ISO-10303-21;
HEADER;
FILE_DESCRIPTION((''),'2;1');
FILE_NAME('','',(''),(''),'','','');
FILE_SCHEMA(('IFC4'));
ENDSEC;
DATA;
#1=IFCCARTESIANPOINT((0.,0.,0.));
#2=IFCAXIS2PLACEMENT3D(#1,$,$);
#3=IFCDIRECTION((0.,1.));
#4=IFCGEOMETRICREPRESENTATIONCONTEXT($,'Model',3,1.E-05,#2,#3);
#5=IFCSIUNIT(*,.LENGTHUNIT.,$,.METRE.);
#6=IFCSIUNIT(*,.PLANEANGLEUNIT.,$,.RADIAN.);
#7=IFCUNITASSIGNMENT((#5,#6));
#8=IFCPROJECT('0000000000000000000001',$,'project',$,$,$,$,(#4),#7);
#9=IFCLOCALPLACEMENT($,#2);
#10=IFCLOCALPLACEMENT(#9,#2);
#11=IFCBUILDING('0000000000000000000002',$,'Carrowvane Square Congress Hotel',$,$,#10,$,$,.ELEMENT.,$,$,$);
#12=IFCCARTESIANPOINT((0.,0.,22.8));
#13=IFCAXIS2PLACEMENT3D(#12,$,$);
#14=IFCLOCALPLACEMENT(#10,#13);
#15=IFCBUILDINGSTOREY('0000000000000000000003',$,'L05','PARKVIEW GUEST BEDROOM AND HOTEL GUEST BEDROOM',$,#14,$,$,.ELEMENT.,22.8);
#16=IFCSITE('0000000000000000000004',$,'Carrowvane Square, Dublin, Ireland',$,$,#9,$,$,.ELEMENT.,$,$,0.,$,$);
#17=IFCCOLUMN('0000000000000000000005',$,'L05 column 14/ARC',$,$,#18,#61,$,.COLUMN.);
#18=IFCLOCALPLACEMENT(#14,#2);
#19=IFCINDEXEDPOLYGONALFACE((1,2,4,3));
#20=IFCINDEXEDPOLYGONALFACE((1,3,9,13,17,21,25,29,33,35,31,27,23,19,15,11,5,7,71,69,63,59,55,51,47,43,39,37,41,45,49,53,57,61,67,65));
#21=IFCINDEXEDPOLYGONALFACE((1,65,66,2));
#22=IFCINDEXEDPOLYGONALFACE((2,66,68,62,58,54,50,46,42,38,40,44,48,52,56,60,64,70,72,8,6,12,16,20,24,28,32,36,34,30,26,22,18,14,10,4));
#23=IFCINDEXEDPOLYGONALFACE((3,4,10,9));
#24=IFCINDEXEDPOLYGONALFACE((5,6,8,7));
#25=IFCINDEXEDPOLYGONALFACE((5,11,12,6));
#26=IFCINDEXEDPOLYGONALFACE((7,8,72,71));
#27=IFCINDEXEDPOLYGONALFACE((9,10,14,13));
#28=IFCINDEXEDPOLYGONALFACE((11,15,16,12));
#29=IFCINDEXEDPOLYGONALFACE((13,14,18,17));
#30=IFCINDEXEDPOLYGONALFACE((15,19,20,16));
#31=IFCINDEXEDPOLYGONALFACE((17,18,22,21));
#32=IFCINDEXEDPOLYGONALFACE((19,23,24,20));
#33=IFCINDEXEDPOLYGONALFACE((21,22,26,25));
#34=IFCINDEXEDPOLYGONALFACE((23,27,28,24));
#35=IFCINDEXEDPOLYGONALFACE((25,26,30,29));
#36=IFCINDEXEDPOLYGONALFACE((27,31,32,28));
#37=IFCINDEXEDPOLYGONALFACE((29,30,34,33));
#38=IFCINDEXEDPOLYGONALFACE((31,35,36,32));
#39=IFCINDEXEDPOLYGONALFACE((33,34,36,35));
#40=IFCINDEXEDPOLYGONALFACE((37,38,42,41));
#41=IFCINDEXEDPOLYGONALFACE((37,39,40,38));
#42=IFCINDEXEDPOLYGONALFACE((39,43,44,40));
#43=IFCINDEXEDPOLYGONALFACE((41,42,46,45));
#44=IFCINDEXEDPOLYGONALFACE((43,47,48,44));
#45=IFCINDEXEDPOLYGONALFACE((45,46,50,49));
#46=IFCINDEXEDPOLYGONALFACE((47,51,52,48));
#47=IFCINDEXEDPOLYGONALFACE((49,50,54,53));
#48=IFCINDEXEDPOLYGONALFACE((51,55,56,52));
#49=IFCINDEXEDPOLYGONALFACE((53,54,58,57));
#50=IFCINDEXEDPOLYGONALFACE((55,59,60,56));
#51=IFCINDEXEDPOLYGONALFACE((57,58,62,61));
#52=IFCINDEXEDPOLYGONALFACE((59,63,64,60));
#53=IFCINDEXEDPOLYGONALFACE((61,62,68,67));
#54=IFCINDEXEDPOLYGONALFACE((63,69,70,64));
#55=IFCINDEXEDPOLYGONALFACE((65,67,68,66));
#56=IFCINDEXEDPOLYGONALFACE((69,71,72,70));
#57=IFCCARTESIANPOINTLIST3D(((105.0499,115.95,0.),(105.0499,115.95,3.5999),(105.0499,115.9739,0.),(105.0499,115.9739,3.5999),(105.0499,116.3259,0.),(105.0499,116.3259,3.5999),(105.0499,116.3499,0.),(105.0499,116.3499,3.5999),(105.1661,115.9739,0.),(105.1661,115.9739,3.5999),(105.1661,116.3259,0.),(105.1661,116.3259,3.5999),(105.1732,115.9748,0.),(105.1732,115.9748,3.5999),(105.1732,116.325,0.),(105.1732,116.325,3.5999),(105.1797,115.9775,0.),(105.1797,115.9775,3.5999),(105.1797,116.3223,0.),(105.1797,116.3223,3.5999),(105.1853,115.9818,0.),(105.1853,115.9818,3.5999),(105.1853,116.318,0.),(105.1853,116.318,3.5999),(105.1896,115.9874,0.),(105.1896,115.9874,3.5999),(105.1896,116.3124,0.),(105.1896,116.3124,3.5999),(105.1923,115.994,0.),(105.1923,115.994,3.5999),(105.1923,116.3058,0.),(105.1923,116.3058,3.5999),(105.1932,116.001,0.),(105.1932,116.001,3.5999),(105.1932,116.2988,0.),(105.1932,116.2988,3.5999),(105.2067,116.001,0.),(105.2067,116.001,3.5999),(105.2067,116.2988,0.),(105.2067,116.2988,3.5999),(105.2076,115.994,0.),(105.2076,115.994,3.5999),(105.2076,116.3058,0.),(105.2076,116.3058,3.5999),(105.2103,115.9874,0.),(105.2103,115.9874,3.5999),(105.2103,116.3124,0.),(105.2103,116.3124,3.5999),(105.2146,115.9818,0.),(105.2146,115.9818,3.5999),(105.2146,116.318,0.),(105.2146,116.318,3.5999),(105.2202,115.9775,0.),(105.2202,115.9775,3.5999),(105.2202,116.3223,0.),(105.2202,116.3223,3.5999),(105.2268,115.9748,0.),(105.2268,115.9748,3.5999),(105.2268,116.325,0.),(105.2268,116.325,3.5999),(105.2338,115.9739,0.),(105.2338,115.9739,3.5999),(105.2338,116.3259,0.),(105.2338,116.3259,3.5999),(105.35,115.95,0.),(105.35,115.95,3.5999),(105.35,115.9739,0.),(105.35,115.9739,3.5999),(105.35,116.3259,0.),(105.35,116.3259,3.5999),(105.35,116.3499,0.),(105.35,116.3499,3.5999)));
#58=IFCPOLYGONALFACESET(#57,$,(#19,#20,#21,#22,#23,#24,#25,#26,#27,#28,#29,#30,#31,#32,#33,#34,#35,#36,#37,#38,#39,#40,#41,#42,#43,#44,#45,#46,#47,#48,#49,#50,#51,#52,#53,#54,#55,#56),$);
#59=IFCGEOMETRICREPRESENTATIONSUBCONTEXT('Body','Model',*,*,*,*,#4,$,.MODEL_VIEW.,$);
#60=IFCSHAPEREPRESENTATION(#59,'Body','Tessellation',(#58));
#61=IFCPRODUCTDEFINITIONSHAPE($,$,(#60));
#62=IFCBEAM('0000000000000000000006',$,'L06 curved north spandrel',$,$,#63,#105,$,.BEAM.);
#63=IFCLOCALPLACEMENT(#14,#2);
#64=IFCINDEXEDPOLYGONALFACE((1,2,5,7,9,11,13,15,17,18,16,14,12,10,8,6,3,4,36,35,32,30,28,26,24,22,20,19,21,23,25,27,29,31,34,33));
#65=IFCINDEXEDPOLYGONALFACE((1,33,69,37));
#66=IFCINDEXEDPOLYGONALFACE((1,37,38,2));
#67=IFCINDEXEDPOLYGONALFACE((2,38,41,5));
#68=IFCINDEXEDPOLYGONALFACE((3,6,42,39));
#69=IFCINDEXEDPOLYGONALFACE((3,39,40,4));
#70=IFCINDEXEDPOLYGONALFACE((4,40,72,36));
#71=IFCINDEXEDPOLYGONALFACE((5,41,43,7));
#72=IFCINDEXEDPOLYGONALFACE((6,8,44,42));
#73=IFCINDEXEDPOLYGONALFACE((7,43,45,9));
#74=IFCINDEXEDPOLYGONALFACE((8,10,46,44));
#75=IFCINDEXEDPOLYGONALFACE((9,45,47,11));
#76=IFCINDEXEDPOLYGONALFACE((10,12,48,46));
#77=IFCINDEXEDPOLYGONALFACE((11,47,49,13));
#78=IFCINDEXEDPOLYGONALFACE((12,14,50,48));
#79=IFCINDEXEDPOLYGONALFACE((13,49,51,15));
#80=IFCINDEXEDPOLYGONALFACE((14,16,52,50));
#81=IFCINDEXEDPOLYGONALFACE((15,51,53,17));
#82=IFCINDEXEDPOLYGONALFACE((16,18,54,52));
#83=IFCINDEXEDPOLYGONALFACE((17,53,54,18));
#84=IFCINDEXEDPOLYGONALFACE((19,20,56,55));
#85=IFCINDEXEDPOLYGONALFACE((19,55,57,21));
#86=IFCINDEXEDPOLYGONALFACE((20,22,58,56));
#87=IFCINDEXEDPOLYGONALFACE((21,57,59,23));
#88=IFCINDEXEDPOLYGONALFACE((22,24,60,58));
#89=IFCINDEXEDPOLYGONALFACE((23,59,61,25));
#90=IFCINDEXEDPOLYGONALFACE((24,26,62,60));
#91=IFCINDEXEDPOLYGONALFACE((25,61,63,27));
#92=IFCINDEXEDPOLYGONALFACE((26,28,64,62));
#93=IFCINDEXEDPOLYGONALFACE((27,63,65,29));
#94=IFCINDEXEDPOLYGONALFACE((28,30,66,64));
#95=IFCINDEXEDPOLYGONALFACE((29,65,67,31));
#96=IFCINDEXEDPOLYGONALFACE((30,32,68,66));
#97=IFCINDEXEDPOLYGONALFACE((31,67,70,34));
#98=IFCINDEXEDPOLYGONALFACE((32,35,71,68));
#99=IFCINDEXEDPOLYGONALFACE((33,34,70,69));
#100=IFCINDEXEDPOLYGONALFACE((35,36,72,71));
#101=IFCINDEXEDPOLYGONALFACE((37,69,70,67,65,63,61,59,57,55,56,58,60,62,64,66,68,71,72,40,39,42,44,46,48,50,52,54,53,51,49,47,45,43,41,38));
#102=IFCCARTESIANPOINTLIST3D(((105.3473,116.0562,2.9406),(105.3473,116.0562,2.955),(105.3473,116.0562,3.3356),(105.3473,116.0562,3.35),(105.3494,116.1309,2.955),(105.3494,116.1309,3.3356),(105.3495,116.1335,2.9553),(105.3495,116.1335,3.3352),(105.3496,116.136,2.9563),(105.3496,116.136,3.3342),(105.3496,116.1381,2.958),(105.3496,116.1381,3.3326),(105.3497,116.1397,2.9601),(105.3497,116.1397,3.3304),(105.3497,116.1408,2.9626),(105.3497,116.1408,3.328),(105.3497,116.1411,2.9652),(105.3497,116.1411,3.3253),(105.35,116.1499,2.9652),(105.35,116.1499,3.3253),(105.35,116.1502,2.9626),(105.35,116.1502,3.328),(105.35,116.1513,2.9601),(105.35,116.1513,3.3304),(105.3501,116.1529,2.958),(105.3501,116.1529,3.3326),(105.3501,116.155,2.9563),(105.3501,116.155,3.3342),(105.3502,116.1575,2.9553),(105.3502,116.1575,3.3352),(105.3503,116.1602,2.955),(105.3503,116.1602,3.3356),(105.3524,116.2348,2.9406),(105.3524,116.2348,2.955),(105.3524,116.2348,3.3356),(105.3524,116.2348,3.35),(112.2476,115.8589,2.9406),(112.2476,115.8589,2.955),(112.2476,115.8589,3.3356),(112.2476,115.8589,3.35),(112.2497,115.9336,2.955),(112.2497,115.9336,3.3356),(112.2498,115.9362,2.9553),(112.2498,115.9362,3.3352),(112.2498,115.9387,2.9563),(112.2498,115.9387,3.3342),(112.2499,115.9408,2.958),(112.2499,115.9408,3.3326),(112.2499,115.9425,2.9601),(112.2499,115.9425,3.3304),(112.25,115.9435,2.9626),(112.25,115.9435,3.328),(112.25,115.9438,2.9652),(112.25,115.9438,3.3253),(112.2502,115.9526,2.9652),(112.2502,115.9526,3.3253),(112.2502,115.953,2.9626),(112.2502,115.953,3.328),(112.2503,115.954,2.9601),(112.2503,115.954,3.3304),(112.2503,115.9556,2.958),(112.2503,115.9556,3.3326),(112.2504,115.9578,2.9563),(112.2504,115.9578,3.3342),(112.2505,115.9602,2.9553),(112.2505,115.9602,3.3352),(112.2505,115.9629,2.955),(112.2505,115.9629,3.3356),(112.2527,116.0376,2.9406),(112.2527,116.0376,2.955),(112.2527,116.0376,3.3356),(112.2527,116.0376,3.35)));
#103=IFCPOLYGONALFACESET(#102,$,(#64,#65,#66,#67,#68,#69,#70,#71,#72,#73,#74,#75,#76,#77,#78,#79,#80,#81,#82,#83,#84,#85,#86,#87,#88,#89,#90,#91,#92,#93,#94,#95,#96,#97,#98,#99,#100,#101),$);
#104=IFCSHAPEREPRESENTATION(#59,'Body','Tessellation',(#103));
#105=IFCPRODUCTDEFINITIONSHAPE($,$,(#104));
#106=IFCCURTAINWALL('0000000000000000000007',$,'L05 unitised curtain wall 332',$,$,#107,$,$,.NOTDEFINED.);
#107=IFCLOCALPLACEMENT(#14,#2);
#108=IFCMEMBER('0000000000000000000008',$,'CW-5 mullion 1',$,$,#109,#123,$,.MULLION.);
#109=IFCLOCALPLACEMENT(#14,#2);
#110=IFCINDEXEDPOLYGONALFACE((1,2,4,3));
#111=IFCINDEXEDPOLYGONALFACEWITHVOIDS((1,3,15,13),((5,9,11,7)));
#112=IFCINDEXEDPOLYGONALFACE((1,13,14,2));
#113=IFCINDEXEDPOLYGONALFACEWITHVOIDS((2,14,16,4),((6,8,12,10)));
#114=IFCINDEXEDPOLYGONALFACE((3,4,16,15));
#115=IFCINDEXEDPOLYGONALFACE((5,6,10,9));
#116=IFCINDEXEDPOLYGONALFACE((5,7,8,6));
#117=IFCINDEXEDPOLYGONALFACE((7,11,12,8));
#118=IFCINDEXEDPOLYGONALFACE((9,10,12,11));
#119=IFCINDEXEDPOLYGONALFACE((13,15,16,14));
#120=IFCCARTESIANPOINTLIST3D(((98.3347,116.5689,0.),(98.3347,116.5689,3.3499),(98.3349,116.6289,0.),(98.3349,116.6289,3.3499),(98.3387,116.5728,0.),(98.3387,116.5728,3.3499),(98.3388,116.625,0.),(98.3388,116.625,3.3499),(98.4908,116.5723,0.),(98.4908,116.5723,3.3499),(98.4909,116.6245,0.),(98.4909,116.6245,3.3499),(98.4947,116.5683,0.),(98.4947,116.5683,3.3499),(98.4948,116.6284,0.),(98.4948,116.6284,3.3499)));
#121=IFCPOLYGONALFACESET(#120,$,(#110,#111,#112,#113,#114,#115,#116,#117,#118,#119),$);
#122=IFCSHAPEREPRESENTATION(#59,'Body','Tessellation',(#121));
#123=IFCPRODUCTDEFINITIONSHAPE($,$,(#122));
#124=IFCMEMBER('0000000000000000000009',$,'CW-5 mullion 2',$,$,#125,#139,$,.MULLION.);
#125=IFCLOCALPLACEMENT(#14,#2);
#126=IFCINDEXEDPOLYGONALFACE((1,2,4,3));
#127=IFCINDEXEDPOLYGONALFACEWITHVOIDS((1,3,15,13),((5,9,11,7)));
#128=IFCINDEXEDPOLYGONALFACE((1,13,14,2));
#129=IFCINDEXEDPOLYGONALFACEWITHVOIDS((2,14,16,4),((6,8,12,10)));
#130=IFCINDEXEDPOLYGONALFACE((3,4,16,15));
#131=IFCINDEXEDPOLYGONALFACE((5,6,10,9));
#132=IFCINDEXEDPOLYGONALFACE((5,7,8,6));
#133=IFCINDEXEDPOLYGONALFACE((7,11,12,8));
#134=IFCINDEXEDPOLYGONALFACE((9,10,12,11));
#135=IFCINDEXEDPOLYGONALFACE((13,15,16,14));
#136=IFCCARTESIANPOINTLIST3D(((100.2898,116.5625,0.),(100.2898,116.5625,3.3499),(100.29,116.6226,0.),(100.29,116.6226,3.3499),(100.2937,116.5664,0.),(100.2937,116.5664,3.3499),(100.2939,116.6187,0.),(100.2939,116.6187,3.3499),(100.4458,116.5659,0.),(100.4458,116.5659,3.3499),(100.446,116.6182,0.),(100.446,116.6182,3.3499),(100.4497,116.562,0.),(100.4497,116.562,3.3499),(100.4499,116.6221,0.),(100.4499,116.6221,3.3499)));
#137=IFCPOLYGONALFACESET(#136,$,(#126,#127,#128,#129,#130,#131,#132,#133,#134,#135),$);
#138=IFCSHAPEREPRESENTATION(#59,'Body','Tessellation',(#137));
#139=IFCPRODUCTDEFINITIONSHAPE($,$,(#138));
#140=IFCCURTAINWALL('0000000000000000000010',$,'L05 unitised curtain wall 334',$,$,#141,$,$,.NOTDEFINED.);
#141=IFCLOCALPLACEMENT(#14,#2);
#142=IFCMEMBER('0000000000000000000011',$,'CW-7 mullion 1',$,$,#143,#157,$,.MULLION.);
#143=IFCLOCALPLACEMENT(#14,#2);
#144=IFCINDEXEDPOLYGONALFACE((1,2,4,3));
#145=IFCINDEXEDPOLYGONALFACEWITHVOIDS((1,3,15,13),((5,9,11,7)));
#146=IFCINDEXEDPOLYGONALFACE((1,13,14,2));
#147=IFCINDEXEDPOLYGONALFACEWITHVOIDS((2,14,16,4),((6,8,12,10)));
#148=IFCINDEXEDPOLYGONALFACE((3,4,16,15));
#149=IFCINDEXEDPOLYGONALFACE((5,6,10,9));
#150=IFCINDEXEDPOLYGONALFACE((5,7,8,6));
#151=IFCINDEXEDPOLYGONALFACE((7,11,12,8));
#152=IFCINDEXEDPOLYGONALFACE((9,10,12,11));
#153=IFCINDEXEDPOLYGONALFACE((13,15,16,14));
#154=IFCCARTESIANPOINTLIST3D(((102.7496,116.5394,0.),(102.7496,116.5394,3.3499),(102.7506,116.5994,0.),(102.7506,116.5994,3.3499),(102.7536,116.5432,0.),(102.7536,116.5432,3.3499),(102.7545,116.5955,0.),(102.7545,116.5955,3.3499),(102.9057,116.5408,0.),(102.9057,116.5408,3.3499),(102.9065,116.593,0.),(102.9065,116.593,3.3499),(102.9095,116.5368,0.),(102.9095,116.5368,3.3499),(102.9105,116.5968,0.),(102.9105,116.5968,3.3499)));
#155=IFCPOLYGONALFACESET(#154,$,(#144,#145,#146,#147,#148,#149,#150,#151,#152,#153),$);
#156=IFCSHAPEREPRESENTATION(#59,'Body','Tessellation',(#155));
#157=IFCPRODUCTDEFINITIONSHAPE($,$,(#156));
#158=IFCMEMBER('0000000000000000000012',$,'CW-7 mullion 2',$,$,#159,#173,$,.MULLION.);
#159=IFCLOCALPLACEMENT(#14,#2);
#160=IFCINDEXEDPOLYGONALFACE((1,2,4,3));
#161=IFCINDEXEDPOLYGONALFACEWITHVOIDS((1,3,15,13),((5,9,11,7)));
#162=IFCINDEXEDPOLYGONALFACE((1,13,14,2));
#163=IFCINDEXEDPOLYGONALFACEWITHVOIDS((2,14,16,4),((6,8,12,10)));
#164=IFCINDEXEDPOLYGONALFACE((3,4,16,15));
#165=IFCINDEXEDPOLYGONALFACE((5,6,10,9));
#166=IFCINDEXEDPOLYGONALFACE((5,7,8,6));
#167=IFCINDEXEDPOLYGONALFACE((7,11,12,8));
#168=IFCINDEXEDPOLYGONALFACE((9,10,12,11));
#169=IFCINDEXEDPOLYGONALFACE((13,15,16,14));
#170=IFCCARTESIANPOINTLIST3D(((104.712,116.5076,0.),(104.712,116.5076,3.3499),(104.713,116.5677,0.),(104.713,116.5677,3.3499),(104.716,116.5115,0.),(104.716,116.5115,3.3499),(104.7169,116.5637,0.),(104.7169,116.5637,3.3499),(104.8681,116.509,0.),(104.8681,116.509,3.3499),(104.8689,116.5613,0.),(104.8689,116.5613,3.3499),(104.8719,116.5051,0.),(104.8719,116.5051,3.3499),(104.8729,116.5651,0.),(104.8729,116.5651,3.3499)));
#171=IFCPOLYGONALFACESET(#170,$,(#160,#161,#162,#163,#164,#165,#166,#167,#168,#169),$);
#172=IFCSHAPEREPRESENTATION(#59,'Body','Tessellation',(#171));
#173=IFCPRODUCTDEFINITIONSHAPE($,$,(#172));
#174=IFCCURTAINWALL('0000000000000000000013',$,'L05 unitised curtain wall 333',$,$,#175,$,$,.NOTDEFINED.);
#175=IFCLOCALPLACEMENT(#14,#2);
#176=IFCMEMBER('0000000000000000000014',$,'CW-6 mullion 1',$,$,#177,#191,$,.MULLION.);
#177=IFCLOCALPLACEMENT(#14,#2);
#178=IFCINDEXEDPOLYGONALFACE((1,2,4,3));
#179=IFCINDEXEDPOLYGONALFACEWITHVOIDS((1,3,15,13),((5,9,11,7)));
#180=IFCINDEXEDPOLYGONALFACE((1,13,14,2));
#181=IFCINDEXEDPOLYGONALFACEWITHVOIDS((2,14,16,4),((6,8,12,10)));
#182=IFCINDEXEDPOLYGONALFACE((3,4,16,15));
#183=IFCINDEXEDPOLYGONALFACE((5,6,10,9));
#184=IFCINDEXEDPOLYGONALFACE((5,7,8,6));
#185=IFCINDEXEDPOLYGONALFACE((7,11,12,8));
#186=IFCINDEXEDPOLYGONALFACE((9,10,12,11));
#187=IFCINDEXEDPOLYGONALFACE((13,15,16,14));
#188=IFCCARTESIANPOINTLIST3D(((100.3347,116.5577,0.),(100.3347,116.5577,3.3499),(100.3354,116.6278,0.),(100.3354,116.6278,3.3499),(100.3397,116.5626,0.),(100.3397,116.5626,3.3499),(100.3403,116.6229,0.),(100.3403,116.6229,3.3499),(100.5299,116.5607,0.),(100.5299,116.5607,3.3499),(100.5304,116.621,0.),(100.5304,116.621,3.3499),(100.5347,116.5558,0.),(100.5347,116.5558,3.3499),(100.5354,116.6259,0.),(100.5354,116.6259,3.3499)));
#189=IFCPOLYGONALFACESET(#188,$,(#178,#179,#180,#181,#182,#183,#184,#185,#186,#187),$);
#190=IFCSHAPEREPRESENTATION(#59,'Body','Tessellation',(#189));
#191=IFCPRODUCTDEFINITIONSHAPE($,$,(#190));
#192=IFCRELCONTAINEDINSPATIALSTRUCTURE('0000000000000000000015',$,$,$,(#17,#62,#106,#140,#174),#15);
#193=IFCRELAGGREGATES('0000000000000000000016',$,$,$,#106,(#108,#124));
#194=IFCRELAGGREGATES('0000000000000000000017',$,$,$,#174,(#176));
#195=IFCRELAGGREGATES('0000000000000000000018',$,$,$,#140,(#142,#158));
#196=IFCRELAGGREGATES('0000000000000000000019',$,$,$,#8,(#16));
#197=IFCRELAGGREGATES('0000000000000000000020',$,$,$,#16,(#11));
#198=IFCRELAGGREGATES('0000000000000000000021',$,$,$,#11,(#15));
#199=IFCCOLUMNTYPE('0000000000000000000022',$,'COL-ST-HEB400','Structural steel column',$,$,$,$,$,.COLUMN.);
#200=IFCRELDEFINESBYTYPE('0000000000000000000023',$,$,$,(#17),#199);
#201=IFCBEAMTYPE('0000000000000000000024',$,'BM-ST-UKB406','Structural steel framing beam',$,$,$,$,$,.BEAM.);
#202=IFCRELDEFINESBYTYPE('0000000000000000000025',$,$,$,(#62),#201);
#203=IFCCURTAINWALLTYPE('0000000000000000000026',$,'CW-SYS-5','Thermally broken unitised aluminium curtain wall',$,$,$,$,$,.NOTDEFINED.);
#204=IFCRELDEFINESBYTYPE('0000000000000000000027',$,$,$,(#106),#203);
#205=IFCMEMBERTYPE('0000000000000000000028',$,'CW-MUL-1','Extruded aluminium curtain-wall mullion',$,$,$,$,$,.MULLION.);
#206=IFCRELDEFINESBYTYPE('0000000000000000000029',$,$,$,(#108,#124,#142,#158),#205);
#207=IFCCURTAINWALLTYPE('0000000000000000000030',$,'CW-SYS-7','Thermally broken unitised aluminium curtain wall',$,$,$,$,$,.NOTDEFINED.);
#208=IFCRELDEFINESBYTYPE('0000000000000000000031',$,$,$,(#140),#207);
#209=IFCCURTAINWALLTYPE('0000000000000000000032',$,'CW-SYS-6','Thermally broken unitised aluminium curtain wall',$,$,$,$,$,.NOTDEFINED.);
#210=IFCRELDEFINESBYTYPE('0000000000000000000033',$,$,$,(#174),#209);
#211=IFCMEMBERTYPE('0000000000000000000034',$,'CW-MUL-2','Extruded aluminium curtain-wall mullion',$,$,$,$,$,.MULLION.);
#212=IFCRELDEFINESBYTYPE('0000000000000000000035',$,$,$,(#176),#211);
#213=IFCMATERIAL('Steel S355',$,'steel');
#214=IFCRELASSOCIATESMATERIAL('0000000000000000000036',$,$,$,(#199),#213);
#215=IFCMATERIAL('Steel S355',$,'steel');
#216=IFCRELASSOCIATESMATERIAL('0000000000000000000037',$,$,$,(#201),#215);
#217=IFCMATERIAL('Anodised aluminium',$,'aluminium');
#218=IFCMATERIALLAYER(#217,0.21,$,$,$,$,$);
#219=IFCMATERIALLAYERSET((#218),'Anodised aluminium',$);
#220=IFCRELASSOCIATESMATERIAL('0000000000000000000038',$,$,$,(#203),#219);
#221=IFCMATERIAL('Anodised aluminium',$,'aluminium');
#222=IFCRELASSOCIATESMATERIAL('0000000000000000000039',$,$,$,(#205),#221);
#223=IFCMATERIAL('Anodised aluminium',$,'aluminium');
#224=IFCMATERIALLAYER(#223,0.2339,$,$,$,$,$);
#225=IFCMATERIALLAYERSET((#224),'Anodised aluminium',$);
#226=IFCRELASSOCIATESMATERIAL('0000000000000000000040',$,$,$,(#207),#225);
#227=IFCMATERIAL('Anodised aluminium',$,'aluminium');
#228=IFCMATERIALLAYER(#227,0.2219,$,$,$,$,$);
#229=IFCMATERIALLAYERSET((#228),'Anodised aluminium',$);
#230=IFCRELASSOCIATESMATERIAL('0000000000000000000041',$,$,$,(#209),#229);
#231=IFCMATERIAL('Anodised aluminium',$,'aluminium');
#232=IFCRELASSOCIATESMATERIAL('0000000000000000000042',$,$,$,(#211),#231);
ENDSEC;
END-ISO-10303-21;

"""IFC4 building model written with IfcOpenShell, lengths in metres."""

from ifc_helpers import new_model, si_unit, direction, frame, origin, origin_2d, place, context, subcontext, project, spatial, hollow_rectangle, i_section, extrude, material, layer, layer_set, material_profile, profile_set, type_object, element, aggregate, save


model = new_model("IFC4")

# Units and contexts
model_context = context("Model", 3, precision=1e-05, world=origin(), true_north=direction((0.0, 1.0)))
body_context = subcontext(model_context, "Body", "Model", "MODEL_VIEW")
ifc_project = project(units=[si_unit("LENGTHUNIT", "METRE"), si_unit("PLANEANGLEUNIT", "RADIAN")], contexts=[model_context])

# Site, building, storey
site_placement = place(None, origin())
site = spatial("IfcSite", under=ifc_project, at=site_placement, Name="Carrowvane Square, Dublin, Ireland", CompositionType="ELEMENT", RefElevation=0.0)
building_placement = place(site_placement, origin())
building = spatial("IfcBuilding", under=site, at=building_placement, Name="Carrowvane Square Congress Hotel", CompositionType="ELEMENT")
storey_placement = place(building_placement, frame((0.0, 0.0, 22.8)))
storey = spatial("IfcBuildingStorey", under=building, at=storey_placement, Name="L05", Description="PARKVIEW GUEST BEDROOM AND HOTEL GUEST BEDROOM", CompositionType="ELEMENT", Elevation=22.8)

# Column
ifc_material_1 = material(Name="Steel S355", Category="steel")
ifc_material_profile_1 = material_profile(ifc_material_1, i_section(OverallWidth=0.3, OverallDepth=0.3999, WebThickness=0.0134, FlangeThickness=0.0239, FilletRadius=0.0271, at=origin_2d()), Name="HEB 400")
ifc_profile_set_1 = profile_set([ifc_material_profile_1], Name="Steel S355")
column_type = type_object("IfcColumnType", Name="COL-ST-HEB400", Description="Structural steel column", PredefinedType="COLUMN", material=ifc_profile_set_1)
column_placement = place(storey_placement, frame((105.2, 116.1499, 0.0), z_axis=(0.0, 0.0, 1.0), x_axis=(1.0, 0.0, 0.0)))
element("IfcColumn", 1, at=column_placement, inside=storey, type_object=column_type, Name="L05 column 14/ARC", PredefinedType="COLUMN", context=body_context, shape_type="SweptSolid", body=[
    extrude(i_section(OverallWidth=0.3, OverallDepth=0.3999, WebThickness=0.0134, FlangeThickness=0.0239, FilletRadius=0.0271, at=origin_2d()), origin(), (0.0, 0.0, 1.0), 3.5999),
])

# Beam
ifc_material_2 = material(Name="Steel S355", Category="steel")
ifc_material_profile_2 = material_profile(ifc_material_2, i_section(OverallWidth=0.1787, OverallDepth=0.4094, WebThickness=0.0088, FlangeThickness=0.0144, FilletRadius=0.0103, at=origin_2d()), Name="UKB 406x178x67")
ifc_profile_set_2 = profile_set([ifc_material_profile_2], Name="Steel S355")
beam_type = type_object("IfcBeamType", Name="BM-ST-UKB406", Description="Structural steel framing beam", PredefinedType="BEAM", material=ifc_profile_set_2)
beam_placement = place(storey_placement, frame((105.3499, 116.1455, 3.1453), z_axis=(0.999592, -0.028577, 0.0), x_axis=(0.028577, 0.999592, 0.0)))
element("IfcBeam", 2, at=beam_placement, inside=storey, type_object=beam_type, Name="L06 curved north spandrel", PredefinedType="BEAM", context=body_context, shape_type="SweptSolid", body=[
    extrude(i_section(OverallWidth=0.1787, OverallDepth=0.4094, WebThickness=0.0088, FlangeThickness=0.0144, FilletRadius=0.0103, at=origin_2d()), origin(), (0.0, 0.0, 1.0), 6.9031),
])

# Curtain walls, members
ifc_material_3 = material(Name="Anodised aluminium", Category="aluminium")
ifc_layer_1 = layer(ifc_material_3, 0.21)
ifc_layer_set_1 = layer_set([ifc_layer_1], Name="Anodised aluminium")
curtain_wall_type_1 = type_object("IfcCurtainWallType", Name="CW-SYS-5", Description="Thermally broken unitised aluminium curtain wall", PredefinedType="NOTDEFINED", material=ifc_layer_set_1)
curtain_wall_1_placement = place(storey_placement, origin())
curtain_wall_1 = element("IfcCurtainWall", 3, at=curtain_wall_1_placement, inside=storey, type_object=curtain_wall_type_1, Name="L05 unitised curtain wall 332", PredefinedType="NOTDEFINED")
ifc_material_4 = material(Name="Anodised aluminium", Category="aluminium")
ifc_material_profile_3 = material_profile(ifc_material_4, hollow_rectangle(XDim=0.0601, YDim=0.1599, WallThickness=0.0039, at=origin_2d()), Name="CW-ML 60x160x4")
ifc_profile_set_3 = profile_set([ifc_material_profile_3], Name="Anodised aluminium")
member_type_1 = type_object("IfcMemberType", Name="CW-MUL-1", Description="Extruded aluminium curtain-wall mullion", PredefinedType="MULLION", material=ifc_profile_set_3)
member_1_placement = place(storey_placement, frame((98.4148, 116.5986, 0.0), z_axis=(0.0, 0.0, 1.0), x_axis=(0.00327, 0.999995, 0.0)))
member_1 = element("IfcMember", 4, at=member_1_placement, type_object=member_type_1, Name="CW-5 mullion 1", PredefinedType="MULLION", context=body_context, shape_type="SweptSolid", body=[
    extrude(hollow_rectangle(XDim=0.0601, YDim=0.1599, WallThickness=0.0039, at=origin_2d()), origin(), (0.0, 0.0, 1.0), 3.3499),
])
member_2_placement = place(storey_placement, frame((100.3699, 116.5923, 0.0), z_axis=(0.0, 0.0, 1.0), x_axis=(0.00327, 0.999995, 0.0)))
member_2 = element("IfcMember", 5, at=member_2_placement, type_object=member_type_1, Name="CW-5 mullion 2", PredefinedType="MULLION", context=body_context, shape_type="SweptSolid", body=[
    extrude(hollow_rectangle(XDim=0.0601, YDim=0.1599, WallThickness=0.0039, at=origin_2d()), origin(), (0.0, 0.0, 1.0), 3.3499),
])
ifc_material_5 = material(Name="Anodised aluminium", Category="aluminium")
ifc_layer_2 = layer(ifc_material_5, 0.2339)
ifc_layer_set_2 = layer_set([ifc_layer_2], Name="Anodised aluminium")
curtain_wall_type_2 = type_object("IfcCurtainWallType", Name="CW-SYS-7", Description="Thermally broken unitised aluminium curtain wall", PredefinedType="NOTDEFINED", material=ifc_layer_set_2)
curtain_wall_2_placement = place(storey_placement, origin())
curtain_wall_2 = element("IfcCurtainWall", 6, at=curtain_wall_2_placement, inside=storey, type_object=curtain_wall_type_2, Name="L05 unitised curtain wall 334", PredefinedType="NOTDEFINED")
member_3_placement = place(storey_placement, frame((102.8301, 116.5681, 0.0), z_axis=(0.0, 0.0, 1.0), x_axis=(0.016216, 0.999869, 0.0)))
member_3 = element("IfcMember", 7, at=member_3_placement, type_object=member_type_1, Name="CW-7 mullion 1", PredefinedType="MULLION", context=body_context, shape_type="SweptSolid", body=[
    extrude(hollow_rectangle(XDim=0.0601, YDim=0.1599, WallThickness=0.0039, at=origin_2d()), origin(), (0.0, 0.0, 1.0), 3.3499),
])
member_4_placement = place(storey_placement, frame((104.7925, 116.5364, 0.0), z_axis=(0.0, 0.0, 1.0), x_axis=(0.016216, 0.999869, 0.0)))
member_4 = element("IfcMember", 8, at=member_4_placement, type_object=member_type_1, Name="CW-7 mullion 2", PredefinedType="MULLION", context=body_context, shape_type="SweptSolid", body=[
    extrude(hollow_rectangle(XDim=0.0601, YDim=0.1599, WallThickness=0.0039, at=origin_2d()), origin(), (0.0, 0.0, 1.0), 3.3499),
])
ifc_material_6 = material(Name="Anodised aluminium", Category="aluminium")
ifc_layer_3 = layer(ifc_material_6, 0.2219)
ifc_layer_set_3 = layer_set([ifc_layer_3], Name="Anodised aluminium")
curtain_wall_type_3 = type_object("IfcCurtainWallType", Name="CW-SYS-6", Description="Thermally broken unitised aluminium curtain wall", PredefinedType="NOTDEFINED", material=ifc_layer_set_3)
curtain_wall_3_placement = place(storey_placement, origin())
curtain_wall_3 = element("IfcCurtainWall", 9, at=curtain_wall_3_placement, inside=storey, type_object=curtain_wall_type_3, Name="L05 unitised curtain wall 333", PredefinedType="NOTDEFINED")
ifc_material_7 = material(Name="Anodised aluminium", Category="aluminium")
ifc_material_profile_4 = material_profile(ifc_material_7, hollow_rectangle(XDim=0.0701, YDim=0.2, WallThickness=0.0049, at=origin_2d()), Name="CW-ML 70x200x5")
ifc_profile_set_4 = profile_set([ifc_material_profile_4], Name="Anodised aluminium")
member_type_2 = type_object("IfcMemberType", Name="CW-MUL-2", Description="Extruded aluminium curtain-wall mullion", PredefinedType="MULLION", material=ifc_profile_set_4)
member_5_placement = place(storey_placement, frame((100.4351, 116.5918, 0.0), z_axis=(0.0, 0.0, 1.0), x_axis=(0.009783, 0.999952, 0.0)))
member_5 = element("IfcMember", 10, at=member_5_placement, type_object=member_type_2, Name="CW-6 mullion 1", PredefinedType="MULLION", context=body_context, shape_type="SweptSolid", body=[
    extrude(hollow_rectangle(XDim=0.0701, YDim=0.2, WallThickness=0.0049, at=origin_2d()), origin(), (0.0, 0.0, 1.0), 3.3499),
])

aggregate(curtain_wall_1, [member_1, member_2])
aggregate(curtain_wall_3, [member_5])
aggregate(curtain_wall_2, [member_3, member_4])

save(model, "model.ifc")
